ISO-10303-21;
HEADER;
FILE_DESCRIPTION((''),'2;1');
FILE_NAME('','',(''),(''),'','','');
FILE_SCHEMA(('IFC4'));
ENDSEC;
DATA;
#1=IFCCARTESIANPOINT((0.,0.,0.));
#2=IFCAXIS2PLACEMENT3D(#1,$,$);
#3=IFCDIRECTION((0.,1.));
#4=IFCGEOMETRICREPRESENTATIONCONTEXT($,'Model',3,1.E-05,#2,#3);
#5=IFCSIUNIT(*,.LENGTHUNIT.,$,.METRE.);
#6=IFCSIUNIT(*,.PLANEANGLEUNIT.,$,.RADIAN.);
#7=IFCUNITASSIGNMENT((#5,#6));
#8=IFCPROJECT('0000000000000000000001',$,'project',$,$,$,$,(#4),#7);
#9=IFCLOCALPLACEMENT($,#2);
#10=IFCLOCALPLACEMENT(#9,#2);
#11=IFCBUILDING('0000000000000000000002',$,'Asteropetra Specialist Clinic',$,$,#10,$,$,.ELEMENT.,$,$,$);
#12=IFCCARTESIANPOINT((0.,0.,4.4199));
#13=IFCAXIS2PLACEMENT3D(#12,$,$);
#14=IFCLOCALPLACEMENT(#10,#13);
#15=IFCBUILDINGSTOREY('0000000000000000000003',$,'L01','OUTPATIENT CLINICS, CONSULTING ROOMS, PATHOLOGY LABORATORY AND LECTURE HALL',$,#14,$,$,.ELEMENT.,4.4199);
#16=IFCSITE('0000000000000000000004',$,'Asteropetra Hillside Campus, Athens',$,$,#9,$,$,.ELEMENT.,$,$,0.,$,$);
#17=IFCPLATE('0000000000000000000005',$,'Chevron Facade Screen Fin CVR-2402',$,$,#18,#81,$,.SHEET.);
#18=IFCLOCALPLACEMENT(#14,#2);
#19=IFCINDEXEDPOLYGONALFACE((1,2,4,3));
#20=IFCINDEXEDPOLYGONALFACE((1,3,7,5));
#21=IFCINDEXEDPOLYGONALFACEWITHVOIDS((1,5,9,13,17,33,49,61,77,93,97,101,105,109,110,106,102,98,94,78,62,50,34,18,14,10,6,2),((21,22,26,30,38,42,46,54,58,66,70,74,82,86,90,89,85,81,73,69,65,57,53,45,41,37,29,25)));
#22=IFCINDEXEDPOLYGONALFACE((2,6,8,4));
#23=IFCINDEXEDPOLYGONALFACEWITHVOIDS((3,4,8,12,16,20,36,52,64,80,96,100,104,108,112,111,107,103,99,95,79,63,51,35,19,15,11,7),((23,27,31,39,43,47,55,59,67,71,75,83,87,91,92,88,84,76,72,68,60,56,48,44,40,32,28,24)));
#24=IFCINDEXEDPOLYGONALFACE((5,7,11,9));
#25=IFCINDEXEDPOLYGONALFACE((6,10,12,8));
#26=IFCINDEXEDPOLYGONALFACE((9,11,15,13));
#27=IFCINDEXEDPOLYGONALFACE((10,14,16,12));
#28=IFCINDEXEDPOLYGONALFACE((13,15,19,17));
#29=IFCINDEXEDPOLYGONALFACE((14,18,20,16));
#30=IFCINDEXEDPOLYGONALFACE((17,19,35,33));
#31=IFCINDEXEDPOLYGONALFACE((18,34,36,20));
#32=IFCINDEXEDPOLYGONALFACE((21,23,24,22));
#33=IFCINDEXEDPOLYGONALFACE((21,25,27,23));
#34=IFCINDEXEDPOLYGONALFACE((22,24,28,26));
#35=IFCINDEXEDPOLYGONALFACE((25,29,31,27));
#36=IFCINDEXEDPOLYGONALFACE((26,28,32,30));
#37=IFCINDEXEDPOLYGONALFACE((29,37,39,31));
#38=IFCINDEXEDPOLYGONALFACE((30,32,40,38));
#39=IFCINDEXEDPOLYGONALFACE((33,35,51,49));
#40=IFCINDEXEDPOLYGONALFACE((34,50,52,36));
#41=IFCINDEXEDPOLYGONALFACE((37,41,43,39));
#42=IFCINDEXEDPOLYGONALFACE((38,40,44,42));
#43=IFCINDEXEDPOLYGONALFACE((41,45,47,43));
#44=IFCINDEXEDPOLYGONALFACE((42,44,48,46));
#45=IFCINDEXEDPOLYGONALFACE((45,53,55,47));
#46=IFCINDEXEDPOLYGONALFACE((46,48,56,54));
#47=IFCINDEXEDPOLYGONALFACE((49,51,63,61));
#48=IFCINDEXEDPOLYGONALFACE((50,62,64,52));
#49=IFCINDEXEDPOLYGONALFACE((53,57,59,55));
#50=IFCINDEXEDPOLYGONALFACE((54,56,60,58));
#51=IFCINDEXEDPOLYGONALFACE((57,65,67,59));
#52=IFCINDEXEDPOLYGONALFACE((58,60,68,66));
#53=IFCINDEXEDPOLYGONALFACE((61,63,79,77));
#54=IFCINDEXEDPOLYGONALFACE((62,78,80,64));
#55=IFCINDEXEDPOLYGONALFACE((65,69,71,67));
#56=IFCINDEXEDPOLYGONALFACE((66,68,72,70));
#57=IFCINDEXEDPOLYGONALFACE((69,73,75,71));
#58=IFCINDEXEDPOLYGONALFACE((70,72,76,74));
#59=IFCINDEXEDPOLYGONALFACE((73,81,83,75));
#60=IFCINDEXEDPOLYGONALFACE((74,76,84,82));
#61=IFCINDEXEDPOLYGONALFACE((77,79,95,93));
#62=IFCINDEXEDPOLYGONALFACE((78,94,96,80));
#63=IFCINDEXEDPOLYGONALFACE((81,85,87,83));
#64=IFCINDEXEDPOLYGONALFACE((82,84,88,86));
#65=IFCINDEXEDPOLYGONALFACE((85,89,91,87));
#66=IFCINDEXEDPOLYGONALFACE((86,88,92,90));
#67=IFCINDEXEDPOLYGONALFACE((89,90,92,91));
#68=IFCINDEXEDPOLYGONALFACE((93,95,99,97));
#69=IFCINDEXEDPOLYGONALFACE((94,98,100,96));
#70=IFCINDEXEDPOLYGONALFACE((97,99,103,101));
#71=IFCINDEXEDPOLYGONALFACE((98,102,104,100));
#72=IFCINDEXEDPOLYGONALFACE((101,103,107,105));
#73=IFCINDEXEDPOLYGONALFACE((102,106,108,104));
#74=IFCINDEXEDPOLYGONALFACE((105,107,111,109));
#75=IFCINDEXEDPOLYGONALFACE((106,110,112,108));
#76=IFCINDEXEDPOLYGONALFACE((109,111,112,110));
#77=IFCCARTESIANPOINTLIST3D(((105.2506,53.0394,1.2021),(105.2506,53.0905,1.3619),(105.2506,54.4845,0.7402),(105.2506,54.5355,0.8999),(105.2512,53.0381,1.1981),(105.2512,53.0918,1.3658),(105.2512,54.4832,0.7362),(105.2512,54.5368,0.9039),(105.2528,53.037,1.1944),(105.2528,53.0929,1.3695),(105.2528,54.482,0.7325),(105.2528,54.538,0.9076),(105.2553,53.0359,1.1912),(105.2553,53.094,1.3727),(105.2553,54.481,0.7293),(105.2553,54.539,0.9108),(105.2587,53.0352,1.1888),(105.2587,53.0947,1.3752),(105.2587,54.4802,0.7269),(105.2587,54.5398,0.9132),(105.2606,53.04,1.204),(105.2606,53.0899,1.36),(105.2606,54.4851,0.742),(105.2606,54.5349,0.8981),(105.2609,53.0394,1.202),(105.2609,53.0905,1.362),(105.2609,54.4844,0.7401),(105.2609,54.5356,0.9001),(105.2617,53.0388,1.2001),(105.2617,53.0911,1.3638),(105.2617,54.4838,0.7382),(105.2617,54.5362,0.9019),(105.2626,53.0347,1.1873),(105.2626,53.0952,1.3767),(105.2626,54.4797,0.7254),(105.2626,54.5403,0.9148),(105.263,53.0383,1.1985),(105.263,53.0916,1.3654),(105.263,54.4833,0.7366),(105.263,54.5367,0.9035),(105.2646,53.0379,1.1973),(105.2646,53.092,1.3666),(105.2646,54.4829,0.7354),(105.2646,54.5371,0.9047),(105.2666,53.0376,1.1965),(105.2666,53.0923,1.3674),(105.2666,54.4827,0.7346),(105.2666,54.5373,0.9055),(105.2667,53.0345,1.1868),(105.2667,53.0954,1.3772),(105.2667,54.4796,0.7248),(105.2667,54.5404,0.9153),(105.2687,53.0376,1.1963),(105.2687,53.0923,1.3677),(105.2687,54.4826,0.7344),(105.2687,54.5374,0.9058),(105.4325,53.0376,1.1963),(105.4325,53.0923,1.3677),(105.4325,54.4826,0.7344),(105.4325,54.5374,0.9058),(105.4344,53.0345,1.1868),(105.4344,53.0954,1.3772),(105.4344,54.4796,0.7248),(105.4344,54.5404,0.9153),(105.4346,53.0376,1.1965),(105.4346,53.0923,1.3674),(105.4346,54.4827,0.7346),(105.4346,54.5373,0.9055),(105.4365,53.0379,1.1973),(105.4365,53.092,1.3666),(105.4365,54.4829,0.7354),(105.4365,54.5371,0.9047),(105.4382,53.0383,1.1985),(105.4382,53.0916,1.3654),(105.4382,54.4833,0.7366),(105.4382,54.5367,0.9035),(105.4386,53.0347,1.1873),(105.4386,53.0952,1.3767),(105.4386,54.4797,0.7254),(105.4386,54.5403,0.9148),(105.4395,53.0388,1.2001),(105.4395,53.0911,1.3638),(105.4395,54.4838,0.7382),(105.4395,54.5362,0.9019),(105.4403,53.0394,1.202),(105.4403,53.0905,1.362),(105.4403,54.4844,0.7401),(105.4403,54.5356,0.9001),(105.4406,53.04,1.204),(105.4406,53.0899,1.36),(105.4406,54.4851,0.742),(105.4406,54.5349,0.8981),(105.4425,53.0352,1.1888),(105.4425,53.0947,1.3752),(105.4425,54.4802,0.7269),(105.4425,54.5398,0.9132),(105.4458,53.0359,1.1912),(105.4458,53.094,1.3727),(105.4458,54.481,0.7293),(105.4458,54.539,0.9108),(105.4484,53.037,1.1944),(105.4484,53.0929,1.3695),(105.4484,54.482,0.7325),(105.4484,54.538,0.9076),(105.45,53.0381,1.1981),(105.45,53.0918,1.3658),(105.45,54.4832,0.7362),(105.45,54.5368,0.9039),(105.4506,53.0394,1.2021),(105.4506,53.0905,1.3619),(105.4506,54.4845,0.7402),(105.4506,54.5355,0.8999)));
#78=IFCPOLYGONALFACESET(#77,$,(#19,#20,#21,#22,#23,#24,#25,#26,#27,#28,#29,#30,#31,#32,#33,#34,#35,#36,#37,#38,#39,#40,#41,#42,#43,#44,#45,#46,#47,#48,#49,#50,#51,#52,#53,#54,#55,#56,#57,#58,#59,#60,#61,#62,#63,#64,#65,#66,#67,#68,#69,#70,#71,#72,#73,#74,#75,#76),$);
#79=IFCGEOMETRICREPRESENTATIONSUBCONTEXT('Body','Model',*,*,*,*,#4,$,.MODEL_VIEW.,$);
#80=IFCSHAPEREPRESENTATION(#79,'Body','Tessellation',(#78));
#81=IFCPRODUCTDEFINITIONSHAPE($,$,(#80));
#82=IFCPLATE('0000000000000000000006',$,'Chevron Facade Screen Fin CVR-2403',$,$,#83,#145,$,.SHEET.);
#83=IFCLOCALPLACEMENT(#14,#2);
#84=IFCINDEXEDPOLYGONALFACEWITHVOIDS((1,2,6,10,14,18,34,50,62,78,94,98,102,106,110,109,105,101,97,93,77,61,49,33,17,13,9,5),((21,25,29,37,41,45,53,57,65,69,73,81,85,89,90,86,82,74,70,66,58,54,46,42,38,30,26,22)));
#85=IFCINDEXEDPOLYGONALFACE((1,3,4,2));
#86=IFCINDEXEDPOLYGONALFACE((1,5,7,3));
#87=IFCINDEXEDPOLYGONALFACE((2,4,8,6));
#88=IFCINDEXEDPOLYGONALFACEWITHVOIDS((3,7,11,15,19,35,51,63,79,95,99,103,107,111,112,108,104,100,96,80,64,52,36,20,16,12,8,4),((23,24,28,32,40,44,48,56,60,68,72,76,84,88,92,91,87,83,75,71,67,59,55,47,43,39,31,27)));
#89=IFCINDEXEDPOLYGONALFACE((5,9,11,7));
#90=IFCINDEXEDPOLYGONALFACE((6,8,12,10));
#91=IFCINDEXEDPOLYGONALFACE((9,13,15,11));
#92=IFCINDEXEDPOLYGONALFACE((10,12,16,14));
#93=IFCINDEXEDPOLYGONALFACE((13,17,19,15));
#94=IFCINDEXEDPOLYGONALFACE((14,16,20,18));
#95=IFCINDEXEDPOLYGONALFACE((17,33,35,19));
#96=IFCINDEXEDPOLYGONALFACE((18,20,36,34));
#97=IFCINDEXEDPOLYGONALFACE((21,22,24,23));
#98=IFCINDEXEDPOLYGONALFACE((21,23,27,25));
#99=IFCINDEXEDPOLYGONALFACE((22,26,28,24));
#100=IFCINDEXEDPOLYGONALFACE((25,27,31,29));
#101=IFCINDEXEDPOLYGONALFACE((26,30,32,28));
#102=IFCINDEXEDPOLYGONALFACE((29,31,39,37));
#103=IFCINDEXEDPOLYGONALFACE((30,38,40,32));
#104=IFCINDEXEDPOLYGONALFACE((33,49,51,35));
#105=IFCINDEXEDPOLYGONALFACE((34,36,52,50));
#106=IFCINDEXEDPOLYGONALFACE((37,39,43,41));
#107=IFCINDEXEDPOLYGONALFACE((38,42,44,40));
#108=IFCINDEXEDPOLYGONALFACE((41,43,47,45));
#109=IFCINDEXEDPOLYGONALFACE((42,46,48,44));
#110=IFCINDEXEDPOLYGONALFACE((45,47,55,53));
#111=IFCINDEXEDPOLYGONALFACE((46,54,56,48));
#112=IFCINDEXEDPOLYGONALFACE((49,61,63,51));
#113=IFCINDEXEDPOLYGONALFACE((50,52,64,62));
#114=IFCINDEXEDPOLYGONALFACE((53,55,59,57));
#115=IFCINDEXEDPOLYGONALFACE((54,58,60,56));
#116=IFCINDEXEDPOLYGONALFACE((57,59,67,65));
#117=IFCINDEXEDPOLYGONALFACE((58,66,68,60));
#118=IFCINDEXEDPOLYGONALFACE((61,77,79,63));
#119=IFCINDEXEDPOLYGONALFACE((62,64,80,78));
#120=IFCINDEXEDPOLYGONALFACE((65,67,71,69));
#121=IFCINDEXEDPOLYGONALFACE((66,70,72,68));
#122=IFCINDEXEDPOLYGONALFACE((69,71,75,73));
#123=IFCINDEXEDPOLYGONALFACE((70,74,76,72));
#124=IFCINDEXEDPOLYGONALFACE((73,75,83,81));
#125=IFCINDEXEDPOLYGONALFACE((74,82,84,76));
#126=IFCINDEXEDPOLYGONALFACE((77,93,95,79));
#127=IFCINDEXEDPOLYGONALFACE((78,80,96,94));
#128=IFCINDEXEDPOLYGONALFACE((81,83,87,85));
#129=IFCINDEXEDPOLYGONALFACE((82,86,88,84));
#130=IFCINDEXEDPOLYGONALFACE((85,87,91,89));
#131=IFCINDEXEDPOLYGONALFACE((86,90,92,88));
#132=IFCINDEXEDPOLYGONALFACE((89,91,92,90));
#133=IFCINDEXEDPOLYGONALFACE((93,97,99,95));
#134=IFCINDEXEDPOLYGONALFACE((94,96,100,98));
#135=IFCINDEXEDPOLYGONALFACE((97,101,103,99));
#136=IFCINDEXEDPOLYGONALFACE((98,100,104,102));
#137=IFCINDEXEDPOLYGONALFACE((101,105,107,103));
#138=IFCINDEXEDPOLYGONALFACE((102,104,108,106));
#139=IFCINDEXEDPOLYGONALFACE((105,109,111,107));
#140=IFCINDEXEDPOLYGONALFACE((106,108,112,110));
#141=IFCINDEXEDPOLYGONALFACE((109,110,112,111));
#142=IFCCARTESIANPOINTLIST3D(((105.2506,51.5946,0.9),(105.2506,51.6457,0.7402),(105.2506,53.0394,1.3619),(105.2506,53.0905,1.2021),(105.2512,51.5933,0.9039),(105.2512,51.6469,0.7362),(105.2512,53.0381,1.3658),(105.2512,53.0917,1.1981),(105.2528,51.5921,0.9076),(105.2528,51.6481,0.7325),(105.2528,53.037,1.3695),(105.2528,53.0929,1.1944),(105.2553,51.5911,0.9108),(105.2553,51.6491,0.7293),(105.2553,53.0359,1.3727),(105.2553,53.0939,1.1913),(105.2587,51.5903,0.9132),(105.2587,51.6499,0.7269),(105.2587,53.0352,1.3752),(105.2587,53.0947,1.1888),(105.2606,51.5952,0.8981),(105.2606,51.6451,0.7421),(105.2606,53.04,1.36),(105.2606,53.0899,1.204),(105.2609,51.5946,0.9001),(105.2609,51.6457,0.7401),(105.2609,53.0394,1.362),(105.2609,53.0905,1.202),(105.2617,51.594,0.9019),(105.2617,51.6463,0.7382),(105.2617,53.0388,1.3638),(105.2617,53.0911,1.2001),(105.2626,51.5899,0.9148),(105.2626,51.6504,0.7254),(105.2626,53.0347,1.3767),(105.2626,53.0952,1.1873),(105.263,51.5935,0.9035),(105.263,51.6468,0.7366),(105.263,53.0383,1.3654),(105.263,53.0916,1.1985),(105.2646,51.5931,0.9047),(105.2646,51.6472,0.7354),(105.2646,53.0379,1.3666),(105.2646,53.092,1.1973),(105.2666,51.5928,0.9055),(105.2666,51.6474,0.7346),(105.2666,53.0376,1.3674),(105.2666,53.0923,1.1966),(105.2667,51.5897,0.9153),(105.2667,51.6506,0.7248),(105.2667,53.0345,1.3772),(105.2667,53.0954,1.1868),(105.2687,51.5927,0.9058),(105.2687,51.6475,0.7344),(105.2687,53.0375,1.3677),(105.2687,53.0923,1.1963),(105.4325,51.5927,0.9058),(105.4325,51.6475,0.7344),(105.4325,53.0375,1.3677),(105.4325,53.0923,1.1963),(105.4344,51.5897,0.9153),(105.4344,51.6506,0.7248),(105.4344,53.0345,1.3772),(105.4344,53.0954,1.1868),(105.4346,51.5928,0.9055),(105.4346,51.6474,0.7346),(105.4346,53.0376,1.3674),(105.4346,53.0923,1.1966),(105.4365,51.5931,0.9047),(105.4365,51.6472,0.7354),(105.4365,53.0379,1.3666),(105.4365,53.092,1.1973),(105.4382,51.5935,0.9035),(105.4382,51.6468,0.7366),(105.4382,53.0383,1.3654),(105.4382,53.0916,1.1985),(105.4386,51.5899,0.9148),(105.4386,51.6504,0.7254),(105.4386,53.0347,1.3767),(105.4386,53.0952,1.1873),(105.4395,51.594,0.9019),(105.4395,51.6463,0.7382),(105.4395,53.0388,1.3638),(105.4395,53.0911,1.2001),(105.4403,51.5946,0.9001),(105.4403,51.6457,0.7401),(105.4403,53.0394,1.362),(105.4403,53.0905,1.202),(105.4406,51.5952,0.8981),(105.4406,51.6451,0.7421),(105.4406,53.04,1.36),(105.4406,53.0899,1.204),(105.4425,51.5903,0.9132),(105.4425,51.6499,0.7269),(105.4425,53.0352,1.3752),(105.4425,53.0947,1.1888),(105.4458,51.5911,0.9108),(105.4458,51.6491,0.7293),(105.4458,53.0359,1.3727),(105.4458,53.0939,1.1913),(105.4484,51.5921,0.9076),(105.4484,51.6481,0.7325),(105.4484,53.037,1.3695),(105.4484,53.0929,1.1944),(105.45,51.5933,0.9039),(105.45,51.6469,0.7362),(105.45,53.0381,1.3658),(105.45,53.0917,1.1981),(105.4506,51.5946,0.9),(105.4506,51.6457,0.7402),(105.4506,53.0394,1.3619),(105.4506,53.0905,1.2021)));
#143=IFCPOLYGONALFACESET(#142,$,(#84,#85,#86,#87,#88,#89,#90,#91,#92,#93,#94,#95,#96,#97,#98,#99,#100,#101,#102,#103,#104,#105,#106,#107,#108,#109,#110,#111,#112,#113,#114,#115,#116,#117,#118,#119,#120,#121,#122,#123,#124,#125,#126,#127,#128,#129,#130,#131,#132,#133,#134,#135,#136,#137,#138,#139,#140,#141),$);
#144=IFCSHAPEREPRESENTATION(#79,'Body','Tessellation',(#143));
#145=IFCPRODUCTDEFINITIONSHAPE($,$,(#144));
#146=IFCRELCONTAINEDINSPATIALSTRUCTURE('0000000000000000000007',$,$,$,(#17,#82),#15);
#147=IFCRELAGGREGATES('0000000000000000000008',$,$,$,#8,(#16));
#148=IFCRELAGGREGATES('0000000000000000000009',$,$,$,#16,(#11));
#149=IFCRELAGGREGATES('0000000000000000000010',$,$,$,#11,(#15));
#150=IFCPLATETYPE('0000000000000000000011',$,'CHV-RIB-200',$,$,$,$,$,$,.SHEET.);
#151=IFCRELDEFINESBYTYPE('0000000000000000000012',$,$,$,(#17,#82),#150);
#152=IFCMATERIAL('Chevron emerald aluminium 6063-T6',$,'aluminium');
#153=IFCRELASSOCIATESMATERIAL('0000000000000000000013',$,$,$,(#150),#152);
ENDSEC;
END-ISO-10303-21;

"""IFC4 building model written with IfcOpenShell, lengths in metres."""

from ifc_helpers import new_model, si_unit, direction, frame, origin, origin_2d, place, context, subcontext, project, spatial, hollow_rectangle, extrude, material, material_profile, profile_set, type_object, element, save


model = new_model("IFC4")

# Units and contexts
model_context = context("Model", 3, precision=1e-05, world=origin(), true_north=direction((0.0, 1.0)))
body_context = subcontext(model_context, "Body", "Model", "MODEL_VIEW")
ifc_project = project(units=[si_unit("LENGTHUNIT", "METRE"), si_unit("PLANEANGLEUNIT", "RADIAN")], contexts=[model_context])

# Site, building, storey
site_placement = place(None, origin())
site = spatial("IfcSite", under=ifc_project, at=site_placement, Name="Asteropetra Hillside Campus, Athens", CompositionType="ELEMENT", RefElevation=0.0)
building_placement = place(site_placement, origin())
building = spatial("IfcBuilding", under=site, at=building_placement, Name="Asteropetra Specialist Clinic", CompositionType="ELEMENT")
storey_placement = place(building_placement, frame((0.0, 0.0, 4.4199)))
storey = spatial("IfcBuildingStorey", under=building, at=storey_placement, Name="L01", Description="OUTPATIENT CLINICS, CONSULTING ROOMS, PATHOLOGY LABORATORY AND LECTURE HALL", CompositionType="ELEMENT", Elevation=4.4199)

# Plates
ifc_material_1 = material(Name="Chevron emerald aluminium 6063-T6", Category="aluminium")
ifc_material_profile = material_profile(ifc_material_1, hollow_rectangle(XDim=0.2, YDim=0.2, WallThickness=0.01, InnerFilletRadius=0.0081, OuterFilletRadius=0.0161, at=origin_2d()), Name="SHS 200x200x10.0")
ifc_profile_set = profile_set([ifc_material_profile], Name="Chevron emerald aluminium 6063-T6")
plate_type = type_object("IfcPlateType", Name="CHV-RIB-200", PredefinedType="SHEET", material=ifc_profile_set)
plate_1_placement = place(storey_placement, frame((105.3506, 54.51, 0.8201), z_axis=(0.0, -0.952521, 0.304472), x_axis=(1.0, 0.0, 0.0)))
element("IfcPlate", 1, at=plate_1_placement, inside=storey, type_object=plate_type, Name="Chevron Facade Screen Fin CVR-2402", PredefinedType="SHEET", context=body_context, shape_type="SweptSolid", body=[
    extrude(hollow_rectangle(XDim=0.2, YDim=0.2, WallThickness=0.01, InnerFilletRadius=0.0081, OuterFilletRadius=0.0161, at=origin_2d()), origin(), (0.0, 0.0, 1.0), 1.5171),
])
plate_2_placement = place(storey_placement, frame((105.3506, 53.0649, 1.282), z_axis=(0.0, -0.952506, -0.304519), x_axis=(1.0, 0.0, 0.0)))
element("IfcPlate", 2, at=plate_2_placement, inside=storey, type_object=plate_type, Name="Chevron Facade Screen Fin CVR-2403", PredefinedType="SHEET", context=body_context, shape_type="SweptSolid", body=[
    extrude(hollow_rectangle(XDim=0.2, YDim=0.2, WallThickness=0.01, InnerFilletRadius=0.0081, OuterFilletRadius=0.0161, at=origin_2d()), origin(), (0.0, 0.0, 1.0), 1.5168),
])

save(model, "model.ifc")
